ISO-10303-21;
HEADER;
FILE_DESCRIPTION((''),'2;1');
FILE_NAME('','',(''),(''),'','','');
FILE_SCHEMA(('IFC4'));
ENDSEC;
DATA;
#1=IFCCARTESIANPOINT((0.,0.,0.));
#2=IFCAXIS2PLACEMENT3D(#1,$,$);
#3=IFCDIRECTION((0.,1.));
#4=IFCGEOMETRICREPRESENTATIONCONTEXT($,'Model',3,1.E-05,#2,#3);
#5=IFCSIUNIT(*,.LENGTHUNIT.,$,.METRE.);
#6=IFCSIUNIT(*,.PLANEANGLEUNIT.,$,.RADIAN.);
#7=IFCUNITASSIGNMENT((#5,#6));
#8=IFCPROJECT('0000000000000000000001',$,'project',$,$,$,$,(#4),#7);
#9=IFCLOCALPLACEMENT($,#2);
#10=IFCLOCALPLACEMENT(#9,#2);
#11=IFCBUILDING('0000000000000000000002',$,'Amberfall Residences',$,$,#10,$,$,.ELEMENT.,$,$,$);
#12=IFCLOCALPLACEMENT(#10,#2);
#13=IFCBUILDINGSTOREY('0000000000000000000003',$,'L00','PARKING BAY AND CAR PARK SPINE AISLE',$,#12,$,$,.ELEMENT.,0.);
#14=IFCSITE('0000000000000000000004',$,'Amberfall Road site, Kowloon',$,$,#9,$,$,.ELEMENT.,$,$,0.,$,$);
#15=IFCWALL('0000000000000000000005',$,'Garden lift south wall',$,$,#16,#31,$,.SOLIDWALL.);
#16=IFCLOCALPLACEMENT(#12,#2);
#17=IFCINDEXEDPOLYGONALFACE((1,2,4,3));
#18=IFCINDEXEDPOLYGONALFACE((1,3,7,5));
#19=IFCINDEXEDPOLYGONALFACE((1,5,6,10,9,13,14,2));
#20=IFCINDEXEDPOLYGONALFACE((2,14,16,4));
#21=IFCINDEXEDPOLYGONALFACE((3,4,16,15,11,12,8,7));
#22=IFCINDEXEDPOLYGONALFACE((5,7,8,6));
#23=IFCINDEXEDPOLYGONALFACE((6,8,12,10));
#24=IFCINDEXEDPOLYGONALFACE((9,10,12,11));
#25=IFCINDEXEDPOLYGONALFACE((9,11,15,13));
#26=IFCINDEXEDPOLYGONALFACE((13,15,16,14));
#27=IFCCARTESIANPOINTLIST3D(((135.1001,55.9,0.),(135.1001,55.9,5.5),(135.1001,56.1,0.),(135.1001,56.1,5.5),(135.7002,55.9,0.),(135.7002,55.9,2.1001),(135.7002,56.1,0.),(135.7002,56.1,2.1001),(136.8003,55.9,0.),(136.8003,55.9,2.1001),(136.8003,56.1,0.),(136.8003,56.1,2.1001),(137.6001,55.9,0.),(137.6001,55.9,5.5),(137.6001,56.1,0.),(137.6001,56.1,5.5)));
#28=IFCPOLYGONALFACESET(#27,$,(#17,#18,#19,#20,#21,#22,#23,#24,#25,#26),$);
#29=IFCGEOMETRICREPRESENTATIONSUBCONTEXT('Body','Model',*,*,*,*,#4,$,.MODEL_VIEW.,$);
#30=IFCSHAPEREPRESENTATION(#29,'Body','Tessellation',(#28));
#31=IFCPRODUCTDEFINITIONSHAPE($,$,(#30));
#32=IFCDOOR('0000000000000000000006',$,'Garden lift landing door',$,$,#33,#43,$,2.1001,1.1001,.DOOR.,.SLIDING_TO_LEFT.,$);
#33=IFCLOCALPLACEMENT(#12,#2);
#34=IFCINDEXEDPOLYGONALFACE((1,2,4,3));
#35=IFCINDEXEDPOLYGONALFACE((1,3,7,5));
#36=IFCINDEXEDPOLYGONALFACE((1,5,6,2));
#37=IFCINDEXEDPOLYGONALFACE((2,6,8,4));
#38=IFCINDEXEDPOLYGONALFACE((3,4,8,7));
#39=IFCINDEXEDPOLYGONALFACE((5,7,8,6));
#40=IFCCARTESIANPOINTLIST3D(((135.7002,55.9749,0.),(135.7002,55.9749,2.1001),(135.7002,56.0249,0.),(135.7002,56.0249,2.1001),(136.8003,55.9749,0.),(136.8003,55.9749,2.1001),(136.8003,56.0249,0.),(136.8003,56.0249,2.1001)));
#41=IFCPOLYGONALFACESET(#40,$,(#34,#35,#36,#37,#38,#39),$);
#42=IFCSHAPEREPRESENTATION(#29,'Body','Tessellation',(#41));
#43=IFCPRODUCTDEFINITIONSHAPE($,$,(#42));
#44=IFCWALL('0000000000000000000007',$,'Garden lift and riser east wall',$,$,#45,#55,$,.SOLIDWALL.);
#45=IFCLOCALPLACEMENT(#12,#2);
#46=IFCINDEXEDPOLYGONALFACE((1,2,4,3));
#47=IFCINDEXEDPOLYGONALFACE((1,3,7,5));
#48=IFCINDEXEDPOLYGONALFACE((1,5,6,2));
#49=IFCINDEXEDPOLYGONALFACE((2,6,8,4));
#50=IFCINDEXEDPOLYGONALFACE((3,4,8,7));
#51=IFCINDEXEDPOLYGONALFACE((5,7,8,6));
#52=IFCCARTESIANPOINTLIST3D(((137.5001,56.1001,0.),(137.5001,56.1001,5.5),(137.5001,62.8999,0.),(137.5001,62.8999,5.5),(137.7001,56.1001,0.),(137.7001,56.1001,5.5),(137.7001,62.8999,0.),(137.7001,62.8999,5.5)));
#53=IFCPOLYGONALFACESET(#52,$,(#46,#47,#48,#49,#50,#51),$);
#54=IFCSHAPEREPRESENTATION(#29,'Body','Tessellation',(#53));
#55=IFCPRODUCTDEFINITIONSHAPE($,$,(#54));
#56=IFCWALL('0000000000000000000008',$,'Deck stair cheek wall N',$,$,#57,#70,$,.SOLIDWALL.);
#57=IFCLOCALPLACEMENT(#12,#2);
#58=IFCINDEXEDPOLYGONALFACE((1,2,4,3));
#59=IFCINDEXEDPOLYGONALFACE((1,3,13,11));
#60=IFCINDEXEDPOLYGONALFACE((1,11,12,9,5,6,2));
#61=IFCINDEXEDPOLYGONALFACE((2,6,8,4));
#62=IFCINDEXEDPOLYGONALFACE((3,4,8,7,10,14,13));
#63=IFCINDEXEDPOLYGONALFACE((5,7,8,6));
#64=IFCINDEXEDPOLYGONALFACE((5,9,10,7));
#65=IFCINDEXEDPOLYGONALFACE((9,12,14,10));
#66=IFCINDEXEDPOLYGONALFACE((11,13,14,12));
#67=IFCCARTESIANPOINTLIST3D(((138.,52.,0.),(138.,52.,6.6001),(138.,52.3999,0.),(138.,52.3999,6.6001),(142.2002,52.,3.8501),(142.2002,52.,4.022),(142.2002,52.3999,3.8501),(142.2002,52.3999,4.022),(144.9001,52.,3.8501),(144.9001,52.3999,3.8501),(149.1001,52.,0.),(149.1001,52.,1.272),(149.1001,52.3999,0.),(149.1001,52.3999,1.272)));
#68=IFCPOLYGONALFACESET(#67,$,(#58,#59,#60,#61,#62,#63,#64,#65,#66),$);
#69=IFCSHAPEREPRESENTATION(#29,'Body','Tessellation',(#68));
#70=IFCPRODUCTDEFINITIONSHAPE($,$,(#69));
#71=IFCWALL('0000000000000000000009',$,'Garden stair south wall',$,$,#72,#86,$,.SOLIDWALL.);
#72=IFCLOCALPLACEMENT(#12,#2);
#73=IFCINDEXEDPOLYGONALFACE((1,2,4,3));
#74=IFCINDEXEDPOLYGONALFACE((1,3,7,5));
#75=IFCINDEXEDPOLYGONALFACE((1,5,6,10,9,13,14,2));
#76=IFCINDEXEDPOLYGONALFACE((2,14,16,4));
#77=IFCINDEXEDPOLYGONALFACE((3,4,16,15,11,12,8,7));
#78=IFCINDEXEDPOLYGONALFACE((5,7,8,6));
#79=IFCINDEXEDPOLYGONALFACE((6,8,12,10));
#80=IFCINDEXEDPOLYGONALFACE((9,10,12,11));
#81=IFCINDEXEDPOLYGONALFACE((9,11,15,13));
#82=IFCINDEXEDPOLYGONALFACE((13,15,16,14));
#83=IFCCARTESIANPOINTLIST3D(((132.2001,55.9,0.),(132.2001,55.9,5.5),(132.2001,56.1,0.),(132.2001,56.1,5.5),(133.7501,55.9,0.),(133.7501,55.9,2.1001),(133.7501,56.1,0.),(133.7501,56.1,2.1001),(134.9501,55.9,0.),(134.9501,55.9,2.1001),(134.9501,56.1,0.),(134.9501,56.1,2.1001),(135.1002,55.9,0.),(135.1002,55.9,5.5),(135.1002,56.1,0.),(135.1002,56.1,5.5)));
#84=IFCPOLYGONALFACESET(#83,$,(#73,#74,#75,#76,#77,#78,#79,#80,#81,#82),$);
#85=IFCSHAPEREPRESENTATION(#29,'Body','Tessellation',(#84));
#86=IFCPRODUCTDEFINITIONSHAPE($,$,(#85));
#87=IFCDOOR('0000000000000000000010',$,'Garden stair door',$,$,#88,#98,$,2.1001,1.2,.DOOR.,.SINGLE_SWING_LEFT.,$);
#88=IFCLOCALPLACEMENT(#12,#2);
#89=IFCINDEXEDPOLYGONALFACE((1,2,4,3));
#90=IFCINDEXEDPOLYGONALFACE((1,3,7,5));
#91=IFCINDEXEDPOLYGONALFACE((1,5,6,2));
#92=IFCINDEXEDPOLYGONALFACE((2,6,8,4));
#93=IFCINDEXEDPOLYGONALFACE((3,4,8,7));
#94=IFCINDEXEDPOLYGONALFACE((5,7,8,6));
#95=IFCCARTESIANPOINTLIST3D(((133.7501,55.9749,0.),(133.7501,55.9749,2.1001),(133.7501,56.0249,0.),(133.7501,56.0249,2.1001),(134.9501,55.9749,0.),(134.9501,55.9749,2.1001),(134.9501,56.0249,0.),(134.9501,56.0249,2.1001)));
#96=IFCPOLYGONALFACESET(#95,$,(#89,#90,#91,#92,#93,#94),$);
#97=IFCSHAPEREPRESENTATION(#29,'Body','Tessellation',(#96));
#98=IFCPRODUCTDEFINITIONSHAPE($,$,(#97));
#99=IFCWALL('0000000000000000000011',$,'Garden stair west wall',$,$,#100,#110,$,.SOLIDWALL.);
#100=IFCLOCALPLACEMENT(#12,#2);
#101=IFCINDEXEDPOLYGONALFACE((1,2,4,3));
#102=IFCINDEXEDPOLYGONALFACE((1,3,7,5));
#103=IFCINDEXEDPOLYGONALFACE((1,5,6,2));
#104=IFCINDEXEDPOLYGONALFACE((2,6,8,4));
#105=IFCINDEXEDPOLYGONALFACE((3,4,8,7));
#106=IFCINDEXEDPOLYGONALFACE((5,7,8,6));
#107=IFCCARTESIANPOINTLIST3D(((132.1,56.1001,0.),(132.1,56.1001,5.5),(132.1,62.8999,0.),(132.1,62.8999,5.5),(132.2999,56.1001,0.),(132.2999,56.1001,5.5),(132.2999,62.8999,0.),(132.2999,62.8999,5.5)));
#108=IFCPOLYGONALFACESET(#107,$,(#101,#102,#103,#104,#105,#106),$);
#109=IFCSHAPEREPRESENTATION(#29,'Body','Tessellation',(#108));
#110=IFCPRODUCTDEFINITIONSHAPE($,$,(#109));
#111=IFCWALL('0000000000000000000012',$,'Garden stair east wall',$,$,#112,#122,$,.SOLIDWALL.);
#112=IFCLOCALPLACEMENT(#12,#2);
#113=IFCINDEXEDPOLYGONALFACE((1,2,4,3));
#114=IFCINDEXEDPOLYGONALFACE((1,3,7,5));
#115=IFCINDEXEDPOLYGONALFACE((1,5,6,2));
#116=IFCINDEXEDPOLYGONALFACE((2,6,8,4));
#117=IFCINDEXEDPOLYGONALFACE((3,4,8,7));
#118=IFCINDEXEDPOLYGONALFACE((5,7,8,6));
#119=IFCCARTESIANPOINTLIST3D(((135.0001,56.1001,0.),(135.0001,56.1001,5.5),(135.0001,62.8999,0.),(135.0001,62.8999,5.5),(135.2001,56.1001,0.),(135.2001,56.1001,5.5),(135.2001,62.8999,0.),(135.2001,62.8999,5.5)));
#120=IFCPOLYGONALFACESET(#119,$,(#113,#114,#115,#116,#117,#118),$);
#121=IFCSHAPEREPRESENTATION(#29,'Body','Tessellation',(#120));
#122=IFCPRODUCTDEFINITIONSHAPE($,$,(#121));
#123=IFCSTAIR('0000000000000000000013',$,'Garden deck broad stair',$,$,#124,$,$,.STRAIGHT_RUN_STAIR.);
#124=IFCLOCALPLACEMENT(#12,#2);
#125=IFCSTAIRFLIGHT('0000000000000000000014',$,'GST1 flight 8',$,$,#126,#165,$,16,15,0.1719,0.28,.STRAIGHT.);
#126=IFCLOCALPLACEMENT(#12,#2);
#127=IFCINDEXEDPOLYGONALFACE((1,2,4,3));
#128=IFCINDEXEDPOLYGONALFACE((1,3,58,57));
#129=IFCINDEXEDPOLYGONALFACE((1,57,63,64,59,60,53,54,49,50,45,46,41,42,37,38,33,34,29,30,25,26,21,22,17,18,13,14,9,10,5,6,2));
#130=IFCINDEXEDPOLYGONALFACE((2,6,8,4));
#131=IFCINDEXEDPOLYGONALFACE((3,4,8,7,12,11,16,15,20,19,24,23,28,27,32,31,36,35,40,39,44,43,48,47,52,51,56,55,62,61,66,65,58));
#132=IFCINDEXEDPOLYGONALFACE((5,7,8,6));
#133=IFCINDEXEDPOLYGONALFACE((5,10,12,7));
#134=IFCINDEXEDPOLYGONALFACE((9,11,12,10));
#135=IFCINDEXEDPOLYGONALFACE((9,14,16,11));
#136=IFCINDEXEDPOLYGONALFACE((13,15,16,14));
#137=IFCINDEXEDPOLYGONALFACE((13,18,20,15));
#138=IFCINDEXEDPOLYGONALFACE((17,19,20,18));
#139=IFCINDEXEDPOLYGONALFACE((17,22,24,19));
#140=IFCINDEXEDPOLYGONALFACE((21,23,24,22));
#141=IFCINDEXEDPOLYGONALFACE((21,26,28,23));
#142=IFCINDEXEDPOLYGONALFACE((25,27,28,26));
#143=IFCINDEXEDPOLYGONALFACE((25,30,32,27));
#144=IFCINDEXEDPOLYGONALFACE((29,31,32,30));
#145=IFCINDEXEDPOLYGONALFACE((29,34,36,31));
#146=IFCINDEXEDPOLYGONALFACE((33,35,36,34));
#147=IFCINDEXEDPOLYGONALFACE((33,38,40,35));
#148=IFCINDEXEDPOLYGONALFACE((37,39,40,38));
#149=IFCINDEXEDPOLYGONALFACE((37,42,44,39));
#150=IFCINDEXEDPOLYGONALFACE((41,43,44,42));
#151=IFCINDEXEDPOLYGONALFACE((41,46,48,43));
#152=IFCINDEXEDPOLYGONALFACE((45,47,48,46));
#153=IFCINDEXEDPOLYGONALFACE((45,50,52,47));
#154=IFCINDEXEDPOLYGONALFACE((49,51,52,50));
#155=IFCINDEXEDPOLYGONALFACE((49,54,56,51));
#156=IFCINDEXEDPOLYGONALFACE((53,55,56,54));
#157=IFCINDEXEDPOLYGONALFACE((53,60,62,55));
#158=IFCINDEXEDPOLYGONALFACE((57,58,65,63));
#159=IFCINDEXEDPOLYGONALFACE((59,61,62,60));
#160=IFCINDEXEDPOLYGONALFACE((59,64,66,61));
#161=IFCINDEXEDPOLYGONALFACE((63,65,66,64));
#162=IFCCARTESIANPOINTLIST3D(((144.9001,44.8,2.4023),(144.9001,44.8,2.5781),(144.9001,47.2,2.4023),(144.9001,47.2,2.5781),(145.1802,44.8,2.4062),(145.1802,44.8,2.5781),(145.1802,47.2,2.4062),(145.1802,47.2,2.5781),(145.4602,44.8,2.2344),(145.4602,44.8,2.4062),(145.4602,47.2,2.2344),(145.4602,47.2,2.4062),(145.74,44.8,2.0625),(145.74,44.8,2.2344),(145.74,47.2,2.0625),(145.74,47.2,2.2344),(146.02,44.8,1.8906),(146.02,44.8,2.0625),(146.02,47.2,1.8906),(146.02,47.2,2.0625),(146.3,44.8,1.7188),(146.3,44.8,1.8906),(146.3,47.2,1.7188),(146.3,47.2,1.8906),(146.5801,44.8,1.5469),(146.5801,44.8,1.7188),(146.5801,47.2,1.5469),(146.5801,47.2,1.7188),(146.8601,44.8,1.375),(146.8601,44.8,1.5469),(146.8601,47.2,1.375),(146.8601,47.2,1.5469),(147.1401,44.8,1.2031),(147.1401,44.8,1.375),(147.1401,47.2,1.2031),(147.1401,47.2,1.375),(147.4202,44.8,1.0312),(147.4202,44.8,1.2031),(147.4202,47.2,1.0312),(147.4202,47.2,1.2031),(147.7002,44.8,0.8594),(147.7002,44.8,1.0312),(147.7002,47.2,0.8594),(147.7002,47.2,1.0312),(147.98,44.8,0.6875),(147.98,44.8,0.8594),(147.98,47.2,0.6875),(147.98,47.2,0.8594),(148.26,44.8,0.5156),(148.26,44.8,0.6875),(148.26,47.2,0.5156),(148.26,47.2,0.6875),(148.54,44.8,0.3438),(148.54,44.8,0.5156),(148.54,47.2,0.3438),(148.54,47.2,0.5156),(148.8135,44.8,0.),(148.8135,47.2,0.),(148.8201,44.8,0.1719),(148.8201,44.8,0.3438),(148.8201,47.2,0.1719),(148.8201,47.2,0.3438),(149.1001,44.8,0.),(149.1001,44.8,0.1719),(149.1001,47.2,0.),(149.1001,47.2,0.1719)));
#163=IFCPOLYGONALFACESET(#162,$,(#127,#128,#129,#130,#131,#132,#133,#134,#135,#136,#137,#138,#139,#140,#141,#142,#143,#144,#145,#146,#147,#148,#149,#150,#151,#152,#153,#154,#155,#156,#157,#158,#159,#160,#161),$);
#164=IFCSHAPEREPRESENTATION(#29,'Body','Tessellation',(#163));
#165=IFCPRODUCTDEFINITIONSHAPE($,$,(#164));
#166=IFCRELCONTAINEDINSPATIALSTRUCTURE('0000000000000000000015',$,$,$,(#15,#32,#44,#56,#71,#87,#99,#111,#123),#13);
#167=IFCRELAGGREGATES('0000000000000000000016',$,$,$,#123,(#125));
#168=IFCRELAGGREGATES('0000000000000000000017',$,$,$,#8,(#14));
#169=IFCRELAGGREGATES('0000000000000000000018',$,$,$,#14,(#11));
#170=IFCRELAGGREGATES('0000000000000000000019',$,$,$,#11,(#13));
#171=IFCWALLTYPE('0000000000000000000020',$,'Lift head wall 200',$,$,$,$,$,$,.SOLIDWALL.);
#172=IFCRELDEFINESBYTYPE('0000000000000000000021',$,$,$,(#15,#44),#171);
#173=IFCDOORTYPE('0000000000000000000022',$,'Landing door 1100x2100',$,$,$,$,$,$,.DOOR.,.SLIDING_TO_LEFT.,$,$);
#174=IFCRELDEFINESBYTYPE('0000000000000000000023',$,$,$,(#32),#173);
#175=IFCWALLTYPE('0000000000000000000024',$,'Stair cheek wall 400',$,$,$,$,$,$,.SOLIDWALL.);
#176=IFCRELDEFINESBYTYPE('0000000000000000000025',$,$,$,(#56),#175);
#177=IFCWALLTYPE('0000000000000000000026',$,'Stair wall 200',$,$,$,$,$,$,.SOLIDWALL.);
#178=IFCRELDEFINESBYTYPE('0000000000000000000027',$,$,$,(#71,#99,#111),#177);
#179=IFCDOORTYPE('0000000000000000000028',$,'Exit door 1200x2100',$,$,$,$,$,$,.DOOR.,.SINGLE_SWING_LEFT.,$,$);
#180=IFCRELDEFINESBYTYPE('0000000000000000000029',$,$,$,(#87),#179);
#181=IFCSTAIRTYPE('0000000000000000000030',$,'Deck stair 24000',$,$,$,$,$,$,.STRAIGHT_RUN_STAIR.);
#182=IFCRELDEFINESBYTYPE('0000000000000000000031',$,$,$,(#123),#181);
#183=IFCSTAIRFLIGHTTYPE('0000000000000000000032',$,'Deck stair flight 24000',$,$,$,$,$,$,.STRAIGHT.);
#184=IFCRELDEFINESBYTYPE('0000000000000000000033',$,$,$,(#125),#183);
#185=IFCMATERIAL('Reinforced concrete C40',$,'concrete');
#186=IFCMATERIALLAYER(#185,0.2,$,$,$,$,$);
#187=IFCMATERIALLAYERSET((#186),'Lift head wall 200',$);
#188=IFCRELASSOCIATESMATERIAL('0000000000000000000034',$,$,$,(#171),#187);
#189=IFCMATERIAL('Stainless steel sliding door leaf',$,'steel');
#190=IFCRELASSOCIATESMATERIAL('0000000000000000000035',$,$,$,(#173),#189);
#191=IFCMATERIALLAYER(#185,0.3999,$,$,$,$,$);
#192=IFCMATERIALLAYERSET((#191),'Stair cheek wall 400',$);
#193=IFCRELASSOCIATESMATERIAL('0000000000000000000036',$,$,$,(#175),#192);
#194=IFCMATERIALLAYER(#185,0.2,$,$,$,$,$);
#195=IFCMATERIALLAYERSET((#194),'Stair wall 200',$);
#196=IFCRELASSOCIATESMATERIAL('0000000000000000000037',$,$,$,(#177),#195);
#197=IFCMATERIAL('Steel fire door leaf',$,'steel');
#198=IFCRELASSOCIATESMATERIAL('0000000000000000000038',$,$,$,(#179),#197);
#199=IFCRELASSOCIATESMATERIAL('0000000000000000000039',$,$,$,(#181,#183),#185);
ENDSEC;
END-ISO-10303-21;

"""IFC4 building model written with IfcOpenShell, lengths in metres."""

from ifc_helpers import new_model, si_unit, direction, frame, frame_2d, origin, place, context, subcontext, project, spatial, polyline, rectangle, outline, extrude, material, layer, layer_set, type_object, element, fill, aggregate, save


model = new_model("IFC4")

# Units and contexts
model_context = context("Model", 3, precision=1e-05, world=origin(), true_north=direction((0.0, 1.0)))
body_context = subcontext(model_context, "Body", "Model", "MODEL_VIEW")
ifc_project = project(units=[si_unit("LENGTHUNIT", "METRE"), si_unit("PLANEANGLEUNIT", "RADIAN")], contexts=[model_context])

# Site, building, storey
site_placement = place(None, origin())
site = spatial("IfcSite", under=ifc_project, at=site_placement, Name="Amberfall Road site, Kowloon", CompositionType="ELEMENT", RefElevation=0.0)
building_placement = place(site_placement, origin())
building = spatial("IfcBuilding", under=site, at=building_placement, Name="Amberfall Residences", CompositionType="ELEMENT")
storey_placement = place(building_placement, origin())
storey = spatial("IfcBuildingStorey", under=building, at=storey_placement, Name="L00", Description="PARKING BAY AND CAR PARK SPINE AISLE", CompositionType="ELEMENT", Elevation=0.0)

# Wall, opening, door
ifc_material_1 = material(Name="Reinforced concrete C40", Category="concrete")
ifc_layer_1 = layer(ifc_material_1, 0.2)
ifc_layer_set_1 = layer_set([ifc_layer_1], Name="Lift head wall 200")
wall_type_1 = type_object("IfcWallType", Name="Lift head wall 200", PredefinedType="SOLIDWALL", material=ifc_layer_set_1)
wall_1_placement = place(storey_placement, frame((135.1001, 56.0, 0.0), z_axis=(0.0, 0.0, 1.0), x_axis=(1.0, 0.0, 0.0)))
wall_1 = element("IfcWall", 1, at=wall_1_placement, inside=storey, type_object=wall_type_1, Name="Garden lift south wall", PredefinedType="SOLIDWALL", context=body_context, shape_type="SweptSolid", body=[
    extrude(rectangle(XDim=2.5, YDim=0.2, at=frame_2d((1.25, 0.0))), origin(), (0.0, 0.0, 1.0), 5.5),
])
opening_1_placement = place(wall_1_placement, frame((0.6001, 0.0, 0.0)))
opening_1 = element("IfcOpeningElement", 2, at=opening_1_placement, cuts=wall_1, PredefinedType="OPENING", context=body_context, shape_type="SweptSolid", body=[
    extrude(rectangle(XDim=1.1001, YDim=2.1001, at=frame_2d((0.55, 1.05))), frame((0.0, 0.1099, 0.0), z_axis=(0.0, -1.0, 0.0), x_axis=(1.0, 0.0, 0.0)), (0.0, 0.0, 1.0), 0.22),
])
ifc_material_2 = material(Name="Stainless steel sliding door leaf", Category="steel")
door_type_1 = type_object("IfcDoorType", Name="Landing door 1100x2100", OperationType="SLIDING_TO_LEFT", PredefinedType="DOOR", material=ifc_material_2)
door_1_placement = place(opening_1_placement, origin())
door_1 = element("IfcDoor", 3, at=door_1_placement, inside=storey, type_object=door_type_1, Name="Garden lift landing door", OperationType="SLIDING_TO_LEFT", OverallHeight=2.1001, OverallWidth=1.1001, PredefinedType="DOOR", context=body_context, shape_type="SweptSolid", body=[
    extrude(rectangle(XDim=1.1001, YDim=2.1001, at=frame_2d((0.55, 1.05))), frame((0.0, 0.0249, 0.0), z_axis=(0.0, -1.0, 0.0), x_axis=(1.0, 0.0, 0.0)), (0.0, 0.0, 1.0), 0.05),
])
fill(opening_1, door_1)

# Walls
wall_2_placement = place(storey_placement, frame((137.6001, 56.1001, 0.0), z_axis=(0.0, 0.0, 1.0), x_axis=(0.0, 1.0, 0.0)))
element("IfcWall", 4, at=wall_2_placement, inside=storey, type_object=wall_type_1, Name="Garden lift and riser east wall", PredefinedType="SOLIDWALL", context=body_context, shape_type="SweptSolid", body=[
    extrude(rectangle(XDim=6.7998, YDim=0.2, at=frame_2d((3.3999, 0.0))), origin(), (0.0, 0.0, 1.0), 5.5),
])
ifc_layer_2 = layer(ifc_material_1, 0.3999)
ifc_layer_set_2 = layer_set([ifc_layer_2], Name="Stair cheek wall 400")
wall_type_2 = type_object("IfcWallType", Name="Stair cheek wall 400", PredefinedType="SOLIDWALL", material=ifc_layer_set_2)
wall_3_placement = place(storey_placement, frame((149.1001, 52.2, 0.0), z_axis=(0.0, 0.0, 1.0), x_axis=(-1.0, 0.0, 0.0)))
element("IfcWall", 5, at=wall_3_placement, inside=storey, type_object=wall_type_2, Name="Deck stair cheek wall N", PredefinedType="SOLIDWALL", context=body_context, shape_type="SweptSolid", body=[
    extrude(outline(polyline([(0.0, 0.0), (11.1001, 0.0), (11.1001, 6.6001), (6.8999, 4.022), (6.8999, 3.8501), (4.2, 3.8501), (0.0, 1.272), (0.0, 0.0)])), frame((0.0, 0.2, 0.0), z_axis=(0.0, -1.0, 0.0), x_axis=(1.0, 0.0, 0.0)), (0.0, 0.0, 1.0), 0.3999),
])

# Wall, opening, door
ifc_layer_3 = layer(ifc_material_1, 0.2)
ifc_layer_set_3 = layer_set([ifc_layer_3], Name="Stair wall 200")
wall_type_3 = type_object("IfcWallType", Name="Stair wall 200", PredefinedType="SOLIDWALL", material=ifc_layer_set_3)
wall_4_placement = place(storey_placement, frame((132.2, 56.0, 0.0), z_axis=(0.0, 0.0, 1.0), x_axis=(1.0, 0.0, 0.0)))
wall_4 = element("IfcWall", 6, at=wall_4_placement, inside=storey, type_object=wall_type_3, Name="Garden stair south wall", PredefinedType="SOLIDWALL", context=body_context, shape_type="SweptSolid", body=[
    extrude(rectangle(XDim=2.9001, YDim=0.2, at=frame_2d((1.4502, 0.0))), origin(), (0.0, 0.0, 1.0), 5.5),
])
opening_2_placement = place(wall_4_placement, frame((1.55, 0.0, 0.0)))
opening_2 = element("IfcOpeningElement", 7, at=opening_2_placement, cuts=wall_4, PredefinedType="OPENING", context=body_context, shape_type="SweptSolid", body=[
    extrude(rectangle(XDim=1.2, YDim=2.1001, at=frame_2d((0.6001, 1.05))), frame((0.0, 0.1099, 0.0), z_axis=(0.0, -1.0, 0.0), x_axis=(1.0, 0.0, 0.0)), (0.0, 0.0, 1.0), 0.22),
])
ifc_material_3 = material(Name="Steel fire door leaf", Category="steel")
door_type_2 = type_object("IfcDoorType", Name="Exit door 1200x2100", OperationType="SINGLE_SWING_LEFT", PredefinedType="DOOR", material=ifc_material_3)
door_2_placement = place(opening_2_placement, origin())
door_2 = element("IfcDoor", 8, at=door_2_placement, inside=storey, type_object=door_type_2, Name="Garden stair door", OperationType="SINGLE_SWING_LEFT", OverallHeight=2.1001, OverallWidth=1.2, PredefinedType="DOOR", context=body_context, shape_type="SweptSolid", body=[
    extrude(rectangle(XDim=1.2, YDim=2.1001, at=frame_2d((0.6001, 1.05))), frame((0.0, 0.0249, 0.0), z_axis=(0.0, -1.0, 0.0), x_axis=(1.0, 0.0, 0.0)), (0.0, 0.0, 1.0), 0.05),
])
fill(opening_2, door_2)

# Walls
for number, where, z_axis, x_axis, name in (
    (9, (132.2, 56.1001, 0.0), (0.0, 0.0, 1.0), (0.0, 1.0, 0.0), "Garden stair west wall"),
    (10, (135.1001, 56.1001, 0.0), (0.0, 0.0, 1.0), (0.0, 1.0, 0.0), "Garden stair east wall"),
):
    element("IfcWall", number, at=place(storey_placement, frame(where, z_axis=z_axis, x_axis=x_axis)), inside=storey, type_object=wall_type_3, Name=name, PredefinedType="SOLIDWALL", context=body_context, shape_type="SweptSolid", body=[
        extrude(rectangle(XDim=6.7998, YDim=0.2, at=frame_2d((3.3999, 0.0))), origin(), (0.0, 0.0, 1.0), 5.5),
    ])

# Stair, stair flight
stair_type = type_object("IfcStairType", Name="Deck stair 24000", PredefinedType="STRAIGHT_RUN_STAIR", material=ifc_material_1)
stair_placement = place(storey_placement, origin())
stair = element("IfcStair", 11, at=stair_placement, inside=storey, type_object=stair_type, Name="Garden deck broad stair", PredefinedType="STRAIGHT_RUN_STAIR")
stair_flight_type = type_object("IfcStairFlightType", Name="Deck stair flight 24000", PredefinedType="STRAIGHT", material=ifc_material_1)
stair_flight_1_placement = place(storey_placement, frame((149.1001, 46.0, 0.0), z_axis=(0.0, 0.0, 1.0), x_axis=(-1.0, 0.0, 0.0)))
stair_flight_1 = element("IfcStairFlight", 12, at=stair_flight_1_placement, type_object=stair_flight_type, Name="GST1 flight 8", NumberOfRisers=16, NumberOfTreads=15, PredefinedType="STRAIGHT", RiserHeight=0.1719, TreadLength=0.28, context=body_context, shape_type="SweptSolid", body=[
    extrude(outline(polyline([(0.0, 0.0), (0.0, 0.1719), (0.28, 0.1719), (0.28, 0.3438), (0.5601, 0.3438), (0.5601, 0.5156), (0.8401, 0.5156), (0.8401, 0.6875), (1.1201, 0.6875), (1.1201, 0.8594), (1.3999, 0.8594), (1.3999, 1.0312), (1.6799, 1.0312), (1.6799, 1.2031), (1.96, 1.2031), (1.96, 1.375), (2.24, 1.375), (2.24, 1.5469), (2.52, 1.5469), (2.52, 1.7188), (2.8, 1.7188), (2.8, 1.8906), (3.0801, 1.8906), (3.0801, 2.0625), (3.3601, 2.0625), (3.3601, 2.2344), (3.6399, 2.2344), (3.6399, 2.4062), (3.9199, 2.4062), (3.9199, 2.5781), (4.2, 2.5781), (4.2, 2.75), (4.2, 2.4023), (0.2866, 0.0), (0.0, 0.0)])), frame((0.0, 1.2, 0.0), z_axis=(0.0, -1.0, 0.0), x_axis=(1.0, 0.0, 0.0)), (0.0, 0.0, 1.0), 2.3999),
])
aggregate(stair, [stair_flight_1])

save(model, "model.ifc")
